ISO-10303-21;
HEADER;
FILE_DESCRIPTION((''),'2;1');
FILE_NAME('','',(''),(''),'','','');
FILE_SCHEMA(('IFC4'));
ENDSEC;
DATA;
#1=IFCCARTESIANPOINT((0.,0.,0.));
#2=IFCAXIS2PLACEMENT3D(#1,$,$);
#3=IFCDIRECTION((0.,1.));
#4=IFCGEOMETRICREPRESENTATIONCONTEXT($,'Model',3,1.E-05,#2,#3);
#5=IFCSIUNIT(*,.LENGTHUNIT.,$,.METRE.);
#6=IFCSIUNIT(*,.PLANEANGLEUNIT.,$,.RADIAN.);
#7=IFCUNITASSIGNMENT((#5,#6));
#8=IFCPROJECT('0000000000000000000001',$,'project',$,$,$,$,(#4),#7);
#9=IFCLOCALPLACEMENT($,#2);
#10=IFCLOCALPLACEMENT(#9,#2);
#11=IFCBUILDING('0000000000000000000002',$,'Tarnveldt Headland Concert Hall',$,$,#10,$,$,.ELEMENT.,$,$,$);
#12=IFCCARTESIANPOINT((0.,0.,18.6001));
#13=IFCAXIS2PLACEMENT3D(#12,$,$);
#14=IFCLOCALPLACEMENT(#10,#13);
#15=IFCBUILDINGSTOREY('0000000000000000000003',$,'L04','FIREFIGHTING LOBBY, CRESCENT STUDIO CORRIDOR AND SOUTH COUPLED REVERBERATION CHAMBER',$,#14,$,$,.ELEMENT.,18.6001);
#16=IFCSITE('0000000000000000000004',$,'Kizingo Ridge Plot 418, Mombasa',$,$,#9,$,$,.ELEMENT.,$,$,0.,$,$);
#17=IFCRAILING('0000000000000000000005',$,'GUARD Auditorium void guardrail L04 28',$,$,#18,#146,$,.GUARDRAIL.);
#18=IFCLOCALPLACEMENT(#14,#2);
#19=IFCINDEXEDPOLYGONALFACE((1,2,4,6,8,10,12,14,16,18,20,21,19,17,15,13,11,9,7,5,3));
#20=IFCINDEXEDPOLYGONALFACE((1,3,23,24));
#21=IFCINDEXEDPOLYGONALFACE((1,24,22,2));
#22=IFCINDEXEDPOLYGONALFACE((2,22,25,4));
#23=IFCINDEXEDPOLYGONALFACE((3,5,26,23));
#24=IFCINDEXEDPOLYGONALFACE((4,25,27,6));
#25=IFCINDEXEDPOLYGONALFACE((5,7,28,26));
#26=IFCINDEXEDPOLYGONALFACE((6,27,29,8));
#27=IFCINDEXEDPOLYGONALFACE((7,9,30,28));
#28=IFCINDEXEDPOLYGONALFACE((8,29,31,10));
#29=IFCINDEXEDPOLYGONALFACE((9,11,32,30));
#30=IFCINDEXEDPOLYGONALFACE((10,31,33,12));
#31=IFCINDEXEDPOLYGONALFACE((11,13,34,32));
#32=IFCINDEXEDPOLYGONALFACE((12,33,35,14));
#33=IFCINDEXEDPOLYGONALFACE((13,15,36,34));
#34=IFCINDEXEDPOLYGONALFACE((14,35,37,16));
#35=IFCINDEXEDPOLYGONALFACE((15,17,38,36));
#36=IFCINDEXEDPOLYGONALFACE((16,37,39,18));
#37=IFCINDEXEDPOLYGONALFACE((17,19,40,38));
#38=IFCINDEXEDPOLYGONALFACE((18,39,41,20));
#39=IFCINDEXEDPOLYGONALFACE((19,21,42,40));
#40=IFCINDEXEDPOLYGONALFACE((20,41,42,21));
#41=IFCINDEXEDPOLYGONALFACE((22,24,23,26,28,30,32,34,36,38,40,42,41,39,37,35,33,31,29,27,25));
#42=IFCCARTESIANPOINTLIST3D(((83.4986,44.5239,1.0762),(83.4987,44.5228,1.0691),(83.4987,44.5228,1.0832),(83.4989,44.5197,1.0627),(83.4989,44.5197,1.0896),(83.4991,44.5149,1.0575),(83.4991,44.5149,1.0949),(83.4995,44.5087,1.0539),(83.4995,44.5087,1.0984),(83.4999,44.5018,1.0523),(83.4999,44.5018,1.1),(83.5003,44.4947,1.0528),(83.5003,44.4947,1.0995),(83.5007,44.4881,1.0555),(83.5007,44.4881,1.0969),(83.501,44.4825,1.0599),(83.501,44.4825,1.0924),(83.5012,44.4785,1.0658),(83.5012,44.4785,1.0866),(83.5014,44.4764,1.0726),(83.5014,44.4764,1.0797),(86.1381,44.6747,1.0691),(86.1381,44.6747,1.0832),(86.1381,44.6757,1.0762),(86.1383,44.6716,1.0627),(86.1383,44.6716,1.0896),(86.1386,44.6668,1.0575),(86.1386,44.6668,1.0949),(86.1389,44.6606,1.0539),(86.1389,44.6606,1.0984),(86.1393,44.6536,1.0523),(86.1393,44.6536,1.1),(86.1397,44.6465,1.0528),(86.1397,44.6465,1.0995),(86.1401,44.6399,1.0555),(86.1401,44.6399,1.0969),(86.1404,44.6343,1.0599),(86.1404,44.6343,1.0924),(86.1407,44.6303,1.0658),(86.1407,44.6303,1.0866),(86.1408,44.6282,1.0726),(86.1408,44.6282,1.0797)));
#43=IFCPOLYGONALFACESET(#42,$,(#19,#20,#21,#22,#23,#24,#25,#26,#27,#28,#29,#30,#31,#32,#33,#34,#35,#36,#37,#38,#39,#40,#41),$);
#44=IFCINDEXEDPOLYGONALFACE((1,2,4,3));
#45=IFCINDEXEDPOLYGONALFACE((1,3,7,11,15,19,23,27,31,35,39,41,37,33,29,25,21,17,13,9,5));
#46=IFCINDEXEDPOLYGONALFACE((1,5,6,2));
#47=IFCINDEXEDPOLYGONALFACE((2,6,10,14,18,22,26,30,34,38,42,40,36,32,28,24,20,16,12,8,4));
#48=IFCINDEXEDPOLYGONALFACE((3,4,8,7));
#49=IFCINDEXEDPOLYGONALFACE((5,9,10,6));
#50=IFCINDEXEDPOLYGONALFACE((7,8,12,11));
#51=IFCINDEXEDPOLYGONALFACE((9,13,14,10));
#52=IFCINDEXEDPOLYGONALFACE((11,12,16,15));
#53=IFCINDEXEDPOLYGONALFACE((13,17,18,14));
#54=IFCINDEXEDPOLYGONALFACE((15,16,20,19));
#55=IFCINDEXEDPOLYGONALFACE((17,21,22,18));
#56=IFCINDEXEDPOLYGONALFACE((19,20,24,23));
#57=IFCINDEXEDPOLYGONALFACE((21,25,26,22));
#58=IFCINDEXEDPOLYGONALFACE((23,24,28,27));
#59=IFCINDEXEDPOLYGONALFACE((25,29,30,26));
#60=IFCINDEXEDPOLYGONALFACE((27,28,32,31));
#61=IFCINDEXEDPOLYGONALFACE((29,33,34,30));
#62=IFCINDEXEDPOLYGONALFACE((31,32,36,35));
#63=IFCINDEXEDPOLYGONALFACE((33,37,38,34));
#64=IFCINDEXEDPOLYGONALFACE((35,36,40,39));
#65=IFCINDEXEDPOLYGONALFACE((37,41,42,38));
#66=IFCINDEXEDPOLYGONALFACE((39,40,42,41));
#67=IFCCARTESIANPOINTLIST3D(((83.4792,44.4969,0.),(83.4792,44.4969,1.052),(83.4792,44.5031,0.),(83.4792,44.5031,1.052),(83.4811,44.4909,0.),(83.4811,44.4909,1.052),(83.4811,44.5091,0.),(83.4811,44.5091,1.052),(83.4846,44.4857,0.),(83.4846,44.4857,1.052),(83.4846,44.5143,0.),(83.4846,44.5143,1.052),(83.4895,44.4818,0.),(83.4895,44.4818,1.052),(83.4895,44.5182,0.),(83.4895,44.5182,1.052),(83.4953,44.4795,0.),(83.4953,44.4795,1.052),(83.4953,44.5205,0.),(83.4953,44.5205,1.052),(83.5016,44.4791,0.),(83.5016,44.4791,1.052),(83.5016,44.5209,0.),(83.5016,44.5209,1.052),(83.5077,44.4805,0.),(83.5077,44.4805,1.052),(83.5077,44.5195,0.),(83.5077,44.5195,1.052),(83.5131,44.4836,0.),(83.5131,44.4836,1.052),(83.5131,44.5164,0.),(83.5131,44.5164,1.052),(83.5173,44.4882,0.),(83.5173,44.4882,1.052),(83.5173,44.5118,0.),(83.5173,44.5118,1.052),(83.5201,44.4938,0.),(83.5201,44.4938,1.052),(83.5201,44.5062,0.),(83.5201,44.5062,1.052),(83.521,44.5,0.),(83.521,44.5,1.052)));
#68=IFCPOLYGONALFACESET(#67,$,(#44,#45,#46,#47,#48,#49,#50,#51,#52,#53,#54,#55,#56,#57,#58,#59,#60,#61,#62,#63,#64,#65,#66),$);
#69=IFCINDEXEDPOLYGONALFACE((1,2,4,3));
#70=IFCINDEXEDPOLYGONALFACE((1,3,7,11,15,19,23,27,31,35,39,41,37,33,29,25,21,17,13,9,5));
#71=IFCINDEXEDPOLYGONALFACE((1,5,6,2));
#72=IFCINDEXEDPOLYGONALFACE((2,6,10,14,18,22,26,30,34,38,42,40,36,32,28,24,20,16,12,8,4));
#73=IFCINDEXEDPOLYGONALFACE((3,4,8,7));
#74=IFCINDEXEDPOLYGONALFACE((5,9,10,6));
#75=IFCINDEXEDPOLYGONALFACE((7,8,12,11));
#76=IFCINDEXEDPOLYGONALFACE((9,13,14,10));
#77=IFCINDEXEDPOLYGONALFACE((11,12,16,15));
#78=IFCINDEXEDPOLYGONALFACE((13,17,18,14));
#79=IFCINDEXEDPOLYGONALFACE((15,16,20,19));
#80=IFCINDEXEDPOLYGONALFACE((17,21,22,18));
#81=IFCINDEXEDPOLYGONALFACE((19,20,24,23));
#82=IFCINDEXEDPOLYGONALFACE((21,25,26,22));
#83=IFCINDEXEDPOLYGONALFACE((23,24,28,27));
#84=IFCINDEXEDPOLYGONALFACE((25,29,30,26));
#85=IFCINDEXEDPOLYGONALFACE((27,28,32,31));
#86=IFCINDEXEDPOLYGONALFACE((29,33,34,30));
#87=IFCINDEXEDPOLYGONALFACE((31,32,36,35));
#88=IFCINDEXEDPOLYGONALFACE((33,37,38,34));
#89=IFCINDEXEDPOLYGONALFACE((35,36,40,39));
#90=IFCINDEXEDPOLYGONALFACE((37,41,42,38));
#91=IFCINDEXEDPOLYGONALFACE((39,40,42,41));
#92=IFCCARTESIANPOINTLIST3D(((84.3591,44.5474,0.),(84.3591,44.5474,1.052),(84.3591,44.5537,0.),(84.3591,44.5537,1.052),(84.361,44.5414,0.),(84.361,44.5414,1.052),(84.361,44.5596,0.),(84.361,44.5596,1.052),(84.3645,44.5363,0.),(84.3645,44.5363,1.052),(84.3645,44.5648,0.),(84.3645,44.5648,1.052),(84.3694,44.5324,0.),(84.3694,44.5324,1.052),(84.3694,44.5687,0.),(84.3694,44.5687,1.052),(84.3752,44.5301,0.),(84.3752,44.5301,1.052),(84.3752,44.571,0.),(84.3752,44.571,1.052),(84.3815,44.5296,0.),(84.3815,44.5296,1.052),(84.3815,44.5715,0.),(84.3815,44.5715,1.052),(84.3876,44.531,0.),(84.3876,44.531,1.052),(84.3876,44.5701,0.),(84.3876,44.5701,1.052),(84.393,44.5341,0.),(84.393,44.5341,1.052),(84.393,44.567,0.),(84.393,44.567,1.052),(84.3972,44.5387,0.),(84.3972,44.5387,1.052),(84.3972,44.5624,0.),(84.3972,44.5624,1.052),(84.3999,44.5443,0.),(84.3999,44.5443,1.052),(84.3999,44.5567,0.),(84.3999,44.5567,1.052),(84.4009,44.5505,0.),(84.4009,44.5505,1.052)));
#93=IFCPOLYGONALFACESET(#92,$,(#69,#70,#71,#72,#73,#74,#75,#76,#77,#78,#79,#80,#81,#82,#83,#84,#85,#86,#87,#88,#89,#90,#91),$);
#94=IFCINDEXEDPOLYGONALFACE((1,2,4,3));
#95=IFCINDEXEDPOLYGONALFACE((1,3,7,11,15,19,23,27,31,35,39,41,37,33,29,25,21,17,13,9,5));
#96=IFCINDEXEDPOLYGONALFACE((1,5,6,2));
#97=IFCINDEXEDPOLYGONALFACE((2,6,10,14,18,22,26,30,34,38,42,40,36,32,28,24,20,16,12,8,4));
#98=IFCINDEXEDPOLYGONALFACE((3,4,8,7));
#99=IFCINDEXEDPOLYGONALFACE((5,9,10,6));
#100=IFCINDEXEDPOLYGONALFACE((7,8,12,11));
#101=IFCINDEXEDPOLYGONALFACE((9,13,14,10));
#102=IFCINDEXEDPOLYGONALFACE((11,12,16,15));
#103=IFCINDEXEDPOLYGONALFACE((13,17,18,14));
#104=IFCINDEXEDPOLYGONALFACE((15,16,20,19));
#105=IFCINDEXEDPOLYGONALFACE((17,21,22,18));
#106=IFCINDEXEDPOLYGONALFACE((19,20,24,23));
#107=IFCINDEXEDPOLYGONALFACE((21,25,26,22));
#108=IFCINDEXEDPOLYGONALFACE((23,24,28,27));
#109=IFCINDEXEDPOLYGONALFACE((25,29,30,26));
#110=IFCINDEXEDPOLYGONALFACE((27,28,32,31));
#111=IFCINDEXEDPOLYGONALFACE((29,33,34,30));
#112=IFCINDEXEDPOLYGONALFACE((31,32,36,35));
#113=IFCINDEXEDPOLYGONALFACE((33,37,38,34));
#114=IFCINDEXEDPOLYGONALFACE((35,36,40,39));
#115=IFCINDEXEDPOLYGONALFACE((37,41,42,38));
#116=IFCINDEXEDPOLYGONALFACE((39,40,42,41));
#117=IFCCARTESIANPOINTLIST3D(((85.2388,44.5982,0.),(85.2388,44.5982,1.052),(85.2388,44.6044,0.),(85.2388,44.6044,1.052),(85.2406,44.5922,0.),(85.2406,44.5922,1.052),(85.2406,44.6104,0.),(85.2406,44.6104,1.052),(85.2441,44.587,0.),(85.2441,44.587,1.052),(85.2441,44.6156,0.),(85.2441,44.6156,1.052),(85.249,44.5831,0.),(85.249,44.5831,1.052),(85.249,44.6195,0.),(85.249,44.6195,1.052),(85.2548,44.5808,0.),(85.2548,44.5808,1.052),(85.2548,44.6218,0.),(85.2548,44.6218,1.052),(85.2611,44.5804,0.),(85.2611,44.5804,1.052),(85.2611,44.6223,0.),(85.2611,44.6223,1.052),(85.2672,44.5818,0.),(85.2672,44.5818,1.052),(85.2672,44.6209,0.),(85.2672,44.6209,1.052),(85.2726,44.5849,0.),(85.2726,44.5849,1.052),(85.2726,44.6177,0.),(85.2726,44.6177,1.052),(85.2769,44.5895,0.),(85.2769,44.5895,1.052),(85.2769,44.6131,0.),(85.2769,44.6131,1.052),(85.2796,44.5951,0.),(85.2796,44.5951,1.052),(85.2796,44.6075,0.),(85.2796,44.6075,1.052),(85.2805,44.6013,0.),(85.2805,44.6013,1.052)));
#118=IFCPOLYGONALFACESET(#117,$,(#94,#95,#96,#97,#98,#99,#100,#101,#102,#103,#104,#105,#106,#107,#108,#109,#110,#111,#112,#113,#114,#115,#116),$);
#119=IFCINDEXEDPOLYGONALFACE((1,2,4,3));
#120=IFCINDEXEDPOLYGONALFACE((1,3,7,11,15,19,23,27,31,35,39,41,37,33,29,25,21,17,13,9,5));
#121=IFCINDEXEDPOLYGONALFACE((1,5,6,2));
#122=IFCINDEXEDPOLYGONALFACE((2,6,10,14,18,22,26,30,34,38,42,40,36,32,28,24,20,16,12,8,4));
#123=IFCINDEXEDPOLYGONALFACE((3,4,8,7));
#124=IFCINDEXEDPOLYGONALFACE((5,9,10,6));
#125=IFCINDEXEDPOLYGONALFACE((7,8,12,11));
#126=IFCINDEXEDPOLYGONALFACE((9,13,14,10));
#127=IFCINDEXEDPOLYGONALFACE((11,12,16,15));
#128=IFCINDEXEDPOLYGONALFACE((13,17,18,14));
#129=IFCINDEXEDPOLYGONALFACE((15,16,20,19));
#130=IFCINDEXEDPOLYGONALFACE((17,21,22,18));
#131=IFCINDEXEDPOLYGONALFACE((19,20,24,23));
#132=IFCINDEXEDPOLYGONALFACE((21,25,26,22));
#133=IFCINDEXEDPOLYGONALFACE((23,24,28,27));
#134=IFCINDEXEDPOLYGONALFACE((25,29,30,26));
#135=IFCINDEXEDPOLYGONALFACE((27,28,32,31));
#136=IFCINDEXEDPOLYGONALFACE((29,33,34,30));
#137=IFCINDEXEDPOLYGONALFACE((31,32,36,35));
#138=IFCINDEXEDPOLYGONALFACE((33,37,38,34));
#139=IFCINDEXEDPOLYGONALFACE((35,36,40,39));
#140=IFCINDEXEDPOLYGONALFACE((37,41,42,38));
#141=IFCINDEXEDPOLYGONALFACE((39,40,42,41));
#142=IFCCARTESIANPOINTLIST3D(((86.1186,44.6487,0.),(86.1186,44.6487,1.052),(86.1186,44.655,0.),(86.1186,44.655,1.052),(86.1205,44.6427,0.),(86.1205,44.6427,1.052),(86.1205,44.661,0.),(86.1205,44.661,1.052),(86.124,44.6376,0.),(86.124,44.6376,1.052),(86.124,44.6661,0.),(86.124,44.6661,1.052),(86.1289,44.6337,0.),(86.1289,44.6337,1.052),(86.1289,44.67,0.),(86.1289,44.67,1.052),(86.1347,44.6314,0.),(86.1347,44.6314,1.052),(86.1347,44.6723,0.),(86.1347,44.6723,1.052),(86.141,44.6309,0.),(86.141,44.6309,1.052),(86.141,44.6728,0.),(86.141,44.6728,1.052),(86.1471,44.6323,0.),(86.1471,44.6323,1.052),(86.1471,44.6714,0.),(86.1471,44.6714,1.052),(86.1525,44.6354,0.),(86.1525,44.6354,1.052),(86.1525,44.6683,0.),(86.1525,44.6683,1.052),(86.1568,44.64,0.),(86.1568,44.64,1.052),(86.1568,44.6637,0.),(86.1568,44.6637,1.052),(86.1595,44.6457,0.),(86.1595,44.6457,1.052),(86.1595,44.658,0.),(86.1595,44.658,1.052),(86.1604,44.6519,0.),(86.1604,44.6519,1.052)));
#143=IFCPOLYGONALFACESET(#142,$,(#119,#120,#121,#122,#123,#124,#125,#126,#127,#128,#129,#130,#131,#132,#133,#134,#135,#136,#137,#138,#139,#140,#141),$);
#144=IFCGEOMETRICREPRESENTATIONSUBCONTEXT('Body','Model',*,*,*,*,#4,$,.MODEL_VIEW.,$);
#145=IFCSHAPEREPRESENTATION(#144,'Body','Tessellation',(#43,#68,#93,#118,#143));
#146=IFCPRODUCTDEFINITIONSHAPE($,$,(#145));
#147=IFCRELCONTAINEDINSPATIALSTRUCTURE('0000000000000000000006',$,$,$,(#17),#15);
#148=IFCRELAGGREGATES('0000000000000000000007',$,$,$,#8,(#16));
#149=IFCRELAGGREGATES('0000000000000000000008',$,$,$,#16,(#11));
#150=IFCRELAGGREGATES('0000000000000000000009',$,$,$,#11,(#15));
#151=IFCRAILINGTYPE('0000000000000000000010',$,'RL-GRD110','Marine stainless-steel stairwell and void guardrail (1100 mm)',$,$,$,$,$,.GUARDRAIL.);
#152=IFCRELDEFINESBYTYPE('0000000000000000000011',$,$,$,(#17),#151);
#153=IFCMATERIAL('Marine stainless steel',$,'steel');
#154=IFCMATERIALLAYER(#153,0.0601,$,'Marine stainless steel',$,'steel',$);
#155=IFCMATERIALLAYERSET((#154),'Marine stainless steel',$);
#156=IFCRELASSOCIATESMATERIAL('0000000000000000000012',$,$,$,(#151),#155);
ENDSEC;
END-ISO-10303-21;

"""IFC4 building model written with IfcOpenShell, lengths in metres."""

from ifc_helpers import new_model, si_unit, direction, frame, origin, origin_2d, place, context, subcontext, project, spatial, circle, extrude, material, layer, layer_set, type_object, element, save


model = new_model("IFC4")

# Units and contexts
model_context = context("Model", 3, precision=1e-05, world=origin(), true_north=direction((0.0, 1.0)))
body_context = subcontext(model_context, "Body", "Model", "MODEL_VIEW")
ifc_project = project(units=[si_unit("LENGTHUNIT", "METRE"), si_unit("PLANEANGLEUNIT", "RADIAN")], contexts=[model_context])

# Site, building, storey
site_placement = place(None, origin())
site = spatial("IfcSite", under=ifc_project, at=site_placement, Name="Kizingo Ridge Plot 418, Mombasa", CompositionType="ELEMENT", RefElevation=0.0)
building_placement = place(site_placement, origin())
building = spatial("IfcBuilding", under=site, at=building_placement, Name="Tarnveldt Headland Concert Hall", CompositionType="ELEMENT")
storey_placement = place(building_placement, frame((0.0, 0.0, 18.6001)))
storey = spatial("IfcBuildingStorey", under=building, at=storey_placement, Name="L04", Description="FIREFIGHTING LOBBY, CRESCENT STUDIO CORRIDOR AND SOUTH COUPLED REVERBERATION CHAMBER", CompositionType="ELEMENT", Elevation=18.6001)

# Railing
ifc_material_1 = material(Name="Marine stainless steel", Category="steel")
ifc_layer_1 = layer(ifc_material_1, 0.0601, Name="Marine stainless steel", Category="steel")
ifc_layer_set_1 = layer_set([ifc_layer_1], Name="Marine stainless steel")
railing_type = type_object("IfcRailingType", Name="RL-GRD110", Description="Marine stainless-steel stairwell and void guardrail (1100 mm)", PredefinedType="GUARDRAIL", material=ifc_layer_set_1)
railing_1_placement = place(storey_placement, frame((83.5, 44.5, 0.0)))
element("IfcRailing", 1, at=railing_1_placement, inside=storey, type_object=railing_type, Name="GUARD Auditorium void guardrail L04 28", PredefinedType="GUARDRAIL", context=body_context, shape_type="SweptSolid", body=[
    extrude(circle(Radius=0.0239, at=origin_2d()), frame((0.0, 0.0, 1.0762), z_axis=(0.998349, 0.057439, 0.0), x_axis=(-0.057439, 0.998349, 0.0)), (0.0, 0.0, 1.0), 2.6438),
    extrude(circle(Radius=0.021, at=origin_2d()), origin(), (0.0, 0.0, 1.0), 1.052),
    extrude(circle(Radius=0.021, at=origin_2d()), frame((0.8799, 0.0505, 0.0)), (0.0, 0.0, 1.0), 1.052),
    extrude(circle(Radius=0.021, at=origin_2d()), frame((1.7595, 0.1013, 0.0)), (0.0, 0.0, 1.0), 1.052),
    extrude(circle(Radius=0.021, at=origin_2d()), frame((2.6394, 0.1519, 0.0)), (0.0, 0.0, 1.0), 1.052),
])

save(model, "model.ifc")
